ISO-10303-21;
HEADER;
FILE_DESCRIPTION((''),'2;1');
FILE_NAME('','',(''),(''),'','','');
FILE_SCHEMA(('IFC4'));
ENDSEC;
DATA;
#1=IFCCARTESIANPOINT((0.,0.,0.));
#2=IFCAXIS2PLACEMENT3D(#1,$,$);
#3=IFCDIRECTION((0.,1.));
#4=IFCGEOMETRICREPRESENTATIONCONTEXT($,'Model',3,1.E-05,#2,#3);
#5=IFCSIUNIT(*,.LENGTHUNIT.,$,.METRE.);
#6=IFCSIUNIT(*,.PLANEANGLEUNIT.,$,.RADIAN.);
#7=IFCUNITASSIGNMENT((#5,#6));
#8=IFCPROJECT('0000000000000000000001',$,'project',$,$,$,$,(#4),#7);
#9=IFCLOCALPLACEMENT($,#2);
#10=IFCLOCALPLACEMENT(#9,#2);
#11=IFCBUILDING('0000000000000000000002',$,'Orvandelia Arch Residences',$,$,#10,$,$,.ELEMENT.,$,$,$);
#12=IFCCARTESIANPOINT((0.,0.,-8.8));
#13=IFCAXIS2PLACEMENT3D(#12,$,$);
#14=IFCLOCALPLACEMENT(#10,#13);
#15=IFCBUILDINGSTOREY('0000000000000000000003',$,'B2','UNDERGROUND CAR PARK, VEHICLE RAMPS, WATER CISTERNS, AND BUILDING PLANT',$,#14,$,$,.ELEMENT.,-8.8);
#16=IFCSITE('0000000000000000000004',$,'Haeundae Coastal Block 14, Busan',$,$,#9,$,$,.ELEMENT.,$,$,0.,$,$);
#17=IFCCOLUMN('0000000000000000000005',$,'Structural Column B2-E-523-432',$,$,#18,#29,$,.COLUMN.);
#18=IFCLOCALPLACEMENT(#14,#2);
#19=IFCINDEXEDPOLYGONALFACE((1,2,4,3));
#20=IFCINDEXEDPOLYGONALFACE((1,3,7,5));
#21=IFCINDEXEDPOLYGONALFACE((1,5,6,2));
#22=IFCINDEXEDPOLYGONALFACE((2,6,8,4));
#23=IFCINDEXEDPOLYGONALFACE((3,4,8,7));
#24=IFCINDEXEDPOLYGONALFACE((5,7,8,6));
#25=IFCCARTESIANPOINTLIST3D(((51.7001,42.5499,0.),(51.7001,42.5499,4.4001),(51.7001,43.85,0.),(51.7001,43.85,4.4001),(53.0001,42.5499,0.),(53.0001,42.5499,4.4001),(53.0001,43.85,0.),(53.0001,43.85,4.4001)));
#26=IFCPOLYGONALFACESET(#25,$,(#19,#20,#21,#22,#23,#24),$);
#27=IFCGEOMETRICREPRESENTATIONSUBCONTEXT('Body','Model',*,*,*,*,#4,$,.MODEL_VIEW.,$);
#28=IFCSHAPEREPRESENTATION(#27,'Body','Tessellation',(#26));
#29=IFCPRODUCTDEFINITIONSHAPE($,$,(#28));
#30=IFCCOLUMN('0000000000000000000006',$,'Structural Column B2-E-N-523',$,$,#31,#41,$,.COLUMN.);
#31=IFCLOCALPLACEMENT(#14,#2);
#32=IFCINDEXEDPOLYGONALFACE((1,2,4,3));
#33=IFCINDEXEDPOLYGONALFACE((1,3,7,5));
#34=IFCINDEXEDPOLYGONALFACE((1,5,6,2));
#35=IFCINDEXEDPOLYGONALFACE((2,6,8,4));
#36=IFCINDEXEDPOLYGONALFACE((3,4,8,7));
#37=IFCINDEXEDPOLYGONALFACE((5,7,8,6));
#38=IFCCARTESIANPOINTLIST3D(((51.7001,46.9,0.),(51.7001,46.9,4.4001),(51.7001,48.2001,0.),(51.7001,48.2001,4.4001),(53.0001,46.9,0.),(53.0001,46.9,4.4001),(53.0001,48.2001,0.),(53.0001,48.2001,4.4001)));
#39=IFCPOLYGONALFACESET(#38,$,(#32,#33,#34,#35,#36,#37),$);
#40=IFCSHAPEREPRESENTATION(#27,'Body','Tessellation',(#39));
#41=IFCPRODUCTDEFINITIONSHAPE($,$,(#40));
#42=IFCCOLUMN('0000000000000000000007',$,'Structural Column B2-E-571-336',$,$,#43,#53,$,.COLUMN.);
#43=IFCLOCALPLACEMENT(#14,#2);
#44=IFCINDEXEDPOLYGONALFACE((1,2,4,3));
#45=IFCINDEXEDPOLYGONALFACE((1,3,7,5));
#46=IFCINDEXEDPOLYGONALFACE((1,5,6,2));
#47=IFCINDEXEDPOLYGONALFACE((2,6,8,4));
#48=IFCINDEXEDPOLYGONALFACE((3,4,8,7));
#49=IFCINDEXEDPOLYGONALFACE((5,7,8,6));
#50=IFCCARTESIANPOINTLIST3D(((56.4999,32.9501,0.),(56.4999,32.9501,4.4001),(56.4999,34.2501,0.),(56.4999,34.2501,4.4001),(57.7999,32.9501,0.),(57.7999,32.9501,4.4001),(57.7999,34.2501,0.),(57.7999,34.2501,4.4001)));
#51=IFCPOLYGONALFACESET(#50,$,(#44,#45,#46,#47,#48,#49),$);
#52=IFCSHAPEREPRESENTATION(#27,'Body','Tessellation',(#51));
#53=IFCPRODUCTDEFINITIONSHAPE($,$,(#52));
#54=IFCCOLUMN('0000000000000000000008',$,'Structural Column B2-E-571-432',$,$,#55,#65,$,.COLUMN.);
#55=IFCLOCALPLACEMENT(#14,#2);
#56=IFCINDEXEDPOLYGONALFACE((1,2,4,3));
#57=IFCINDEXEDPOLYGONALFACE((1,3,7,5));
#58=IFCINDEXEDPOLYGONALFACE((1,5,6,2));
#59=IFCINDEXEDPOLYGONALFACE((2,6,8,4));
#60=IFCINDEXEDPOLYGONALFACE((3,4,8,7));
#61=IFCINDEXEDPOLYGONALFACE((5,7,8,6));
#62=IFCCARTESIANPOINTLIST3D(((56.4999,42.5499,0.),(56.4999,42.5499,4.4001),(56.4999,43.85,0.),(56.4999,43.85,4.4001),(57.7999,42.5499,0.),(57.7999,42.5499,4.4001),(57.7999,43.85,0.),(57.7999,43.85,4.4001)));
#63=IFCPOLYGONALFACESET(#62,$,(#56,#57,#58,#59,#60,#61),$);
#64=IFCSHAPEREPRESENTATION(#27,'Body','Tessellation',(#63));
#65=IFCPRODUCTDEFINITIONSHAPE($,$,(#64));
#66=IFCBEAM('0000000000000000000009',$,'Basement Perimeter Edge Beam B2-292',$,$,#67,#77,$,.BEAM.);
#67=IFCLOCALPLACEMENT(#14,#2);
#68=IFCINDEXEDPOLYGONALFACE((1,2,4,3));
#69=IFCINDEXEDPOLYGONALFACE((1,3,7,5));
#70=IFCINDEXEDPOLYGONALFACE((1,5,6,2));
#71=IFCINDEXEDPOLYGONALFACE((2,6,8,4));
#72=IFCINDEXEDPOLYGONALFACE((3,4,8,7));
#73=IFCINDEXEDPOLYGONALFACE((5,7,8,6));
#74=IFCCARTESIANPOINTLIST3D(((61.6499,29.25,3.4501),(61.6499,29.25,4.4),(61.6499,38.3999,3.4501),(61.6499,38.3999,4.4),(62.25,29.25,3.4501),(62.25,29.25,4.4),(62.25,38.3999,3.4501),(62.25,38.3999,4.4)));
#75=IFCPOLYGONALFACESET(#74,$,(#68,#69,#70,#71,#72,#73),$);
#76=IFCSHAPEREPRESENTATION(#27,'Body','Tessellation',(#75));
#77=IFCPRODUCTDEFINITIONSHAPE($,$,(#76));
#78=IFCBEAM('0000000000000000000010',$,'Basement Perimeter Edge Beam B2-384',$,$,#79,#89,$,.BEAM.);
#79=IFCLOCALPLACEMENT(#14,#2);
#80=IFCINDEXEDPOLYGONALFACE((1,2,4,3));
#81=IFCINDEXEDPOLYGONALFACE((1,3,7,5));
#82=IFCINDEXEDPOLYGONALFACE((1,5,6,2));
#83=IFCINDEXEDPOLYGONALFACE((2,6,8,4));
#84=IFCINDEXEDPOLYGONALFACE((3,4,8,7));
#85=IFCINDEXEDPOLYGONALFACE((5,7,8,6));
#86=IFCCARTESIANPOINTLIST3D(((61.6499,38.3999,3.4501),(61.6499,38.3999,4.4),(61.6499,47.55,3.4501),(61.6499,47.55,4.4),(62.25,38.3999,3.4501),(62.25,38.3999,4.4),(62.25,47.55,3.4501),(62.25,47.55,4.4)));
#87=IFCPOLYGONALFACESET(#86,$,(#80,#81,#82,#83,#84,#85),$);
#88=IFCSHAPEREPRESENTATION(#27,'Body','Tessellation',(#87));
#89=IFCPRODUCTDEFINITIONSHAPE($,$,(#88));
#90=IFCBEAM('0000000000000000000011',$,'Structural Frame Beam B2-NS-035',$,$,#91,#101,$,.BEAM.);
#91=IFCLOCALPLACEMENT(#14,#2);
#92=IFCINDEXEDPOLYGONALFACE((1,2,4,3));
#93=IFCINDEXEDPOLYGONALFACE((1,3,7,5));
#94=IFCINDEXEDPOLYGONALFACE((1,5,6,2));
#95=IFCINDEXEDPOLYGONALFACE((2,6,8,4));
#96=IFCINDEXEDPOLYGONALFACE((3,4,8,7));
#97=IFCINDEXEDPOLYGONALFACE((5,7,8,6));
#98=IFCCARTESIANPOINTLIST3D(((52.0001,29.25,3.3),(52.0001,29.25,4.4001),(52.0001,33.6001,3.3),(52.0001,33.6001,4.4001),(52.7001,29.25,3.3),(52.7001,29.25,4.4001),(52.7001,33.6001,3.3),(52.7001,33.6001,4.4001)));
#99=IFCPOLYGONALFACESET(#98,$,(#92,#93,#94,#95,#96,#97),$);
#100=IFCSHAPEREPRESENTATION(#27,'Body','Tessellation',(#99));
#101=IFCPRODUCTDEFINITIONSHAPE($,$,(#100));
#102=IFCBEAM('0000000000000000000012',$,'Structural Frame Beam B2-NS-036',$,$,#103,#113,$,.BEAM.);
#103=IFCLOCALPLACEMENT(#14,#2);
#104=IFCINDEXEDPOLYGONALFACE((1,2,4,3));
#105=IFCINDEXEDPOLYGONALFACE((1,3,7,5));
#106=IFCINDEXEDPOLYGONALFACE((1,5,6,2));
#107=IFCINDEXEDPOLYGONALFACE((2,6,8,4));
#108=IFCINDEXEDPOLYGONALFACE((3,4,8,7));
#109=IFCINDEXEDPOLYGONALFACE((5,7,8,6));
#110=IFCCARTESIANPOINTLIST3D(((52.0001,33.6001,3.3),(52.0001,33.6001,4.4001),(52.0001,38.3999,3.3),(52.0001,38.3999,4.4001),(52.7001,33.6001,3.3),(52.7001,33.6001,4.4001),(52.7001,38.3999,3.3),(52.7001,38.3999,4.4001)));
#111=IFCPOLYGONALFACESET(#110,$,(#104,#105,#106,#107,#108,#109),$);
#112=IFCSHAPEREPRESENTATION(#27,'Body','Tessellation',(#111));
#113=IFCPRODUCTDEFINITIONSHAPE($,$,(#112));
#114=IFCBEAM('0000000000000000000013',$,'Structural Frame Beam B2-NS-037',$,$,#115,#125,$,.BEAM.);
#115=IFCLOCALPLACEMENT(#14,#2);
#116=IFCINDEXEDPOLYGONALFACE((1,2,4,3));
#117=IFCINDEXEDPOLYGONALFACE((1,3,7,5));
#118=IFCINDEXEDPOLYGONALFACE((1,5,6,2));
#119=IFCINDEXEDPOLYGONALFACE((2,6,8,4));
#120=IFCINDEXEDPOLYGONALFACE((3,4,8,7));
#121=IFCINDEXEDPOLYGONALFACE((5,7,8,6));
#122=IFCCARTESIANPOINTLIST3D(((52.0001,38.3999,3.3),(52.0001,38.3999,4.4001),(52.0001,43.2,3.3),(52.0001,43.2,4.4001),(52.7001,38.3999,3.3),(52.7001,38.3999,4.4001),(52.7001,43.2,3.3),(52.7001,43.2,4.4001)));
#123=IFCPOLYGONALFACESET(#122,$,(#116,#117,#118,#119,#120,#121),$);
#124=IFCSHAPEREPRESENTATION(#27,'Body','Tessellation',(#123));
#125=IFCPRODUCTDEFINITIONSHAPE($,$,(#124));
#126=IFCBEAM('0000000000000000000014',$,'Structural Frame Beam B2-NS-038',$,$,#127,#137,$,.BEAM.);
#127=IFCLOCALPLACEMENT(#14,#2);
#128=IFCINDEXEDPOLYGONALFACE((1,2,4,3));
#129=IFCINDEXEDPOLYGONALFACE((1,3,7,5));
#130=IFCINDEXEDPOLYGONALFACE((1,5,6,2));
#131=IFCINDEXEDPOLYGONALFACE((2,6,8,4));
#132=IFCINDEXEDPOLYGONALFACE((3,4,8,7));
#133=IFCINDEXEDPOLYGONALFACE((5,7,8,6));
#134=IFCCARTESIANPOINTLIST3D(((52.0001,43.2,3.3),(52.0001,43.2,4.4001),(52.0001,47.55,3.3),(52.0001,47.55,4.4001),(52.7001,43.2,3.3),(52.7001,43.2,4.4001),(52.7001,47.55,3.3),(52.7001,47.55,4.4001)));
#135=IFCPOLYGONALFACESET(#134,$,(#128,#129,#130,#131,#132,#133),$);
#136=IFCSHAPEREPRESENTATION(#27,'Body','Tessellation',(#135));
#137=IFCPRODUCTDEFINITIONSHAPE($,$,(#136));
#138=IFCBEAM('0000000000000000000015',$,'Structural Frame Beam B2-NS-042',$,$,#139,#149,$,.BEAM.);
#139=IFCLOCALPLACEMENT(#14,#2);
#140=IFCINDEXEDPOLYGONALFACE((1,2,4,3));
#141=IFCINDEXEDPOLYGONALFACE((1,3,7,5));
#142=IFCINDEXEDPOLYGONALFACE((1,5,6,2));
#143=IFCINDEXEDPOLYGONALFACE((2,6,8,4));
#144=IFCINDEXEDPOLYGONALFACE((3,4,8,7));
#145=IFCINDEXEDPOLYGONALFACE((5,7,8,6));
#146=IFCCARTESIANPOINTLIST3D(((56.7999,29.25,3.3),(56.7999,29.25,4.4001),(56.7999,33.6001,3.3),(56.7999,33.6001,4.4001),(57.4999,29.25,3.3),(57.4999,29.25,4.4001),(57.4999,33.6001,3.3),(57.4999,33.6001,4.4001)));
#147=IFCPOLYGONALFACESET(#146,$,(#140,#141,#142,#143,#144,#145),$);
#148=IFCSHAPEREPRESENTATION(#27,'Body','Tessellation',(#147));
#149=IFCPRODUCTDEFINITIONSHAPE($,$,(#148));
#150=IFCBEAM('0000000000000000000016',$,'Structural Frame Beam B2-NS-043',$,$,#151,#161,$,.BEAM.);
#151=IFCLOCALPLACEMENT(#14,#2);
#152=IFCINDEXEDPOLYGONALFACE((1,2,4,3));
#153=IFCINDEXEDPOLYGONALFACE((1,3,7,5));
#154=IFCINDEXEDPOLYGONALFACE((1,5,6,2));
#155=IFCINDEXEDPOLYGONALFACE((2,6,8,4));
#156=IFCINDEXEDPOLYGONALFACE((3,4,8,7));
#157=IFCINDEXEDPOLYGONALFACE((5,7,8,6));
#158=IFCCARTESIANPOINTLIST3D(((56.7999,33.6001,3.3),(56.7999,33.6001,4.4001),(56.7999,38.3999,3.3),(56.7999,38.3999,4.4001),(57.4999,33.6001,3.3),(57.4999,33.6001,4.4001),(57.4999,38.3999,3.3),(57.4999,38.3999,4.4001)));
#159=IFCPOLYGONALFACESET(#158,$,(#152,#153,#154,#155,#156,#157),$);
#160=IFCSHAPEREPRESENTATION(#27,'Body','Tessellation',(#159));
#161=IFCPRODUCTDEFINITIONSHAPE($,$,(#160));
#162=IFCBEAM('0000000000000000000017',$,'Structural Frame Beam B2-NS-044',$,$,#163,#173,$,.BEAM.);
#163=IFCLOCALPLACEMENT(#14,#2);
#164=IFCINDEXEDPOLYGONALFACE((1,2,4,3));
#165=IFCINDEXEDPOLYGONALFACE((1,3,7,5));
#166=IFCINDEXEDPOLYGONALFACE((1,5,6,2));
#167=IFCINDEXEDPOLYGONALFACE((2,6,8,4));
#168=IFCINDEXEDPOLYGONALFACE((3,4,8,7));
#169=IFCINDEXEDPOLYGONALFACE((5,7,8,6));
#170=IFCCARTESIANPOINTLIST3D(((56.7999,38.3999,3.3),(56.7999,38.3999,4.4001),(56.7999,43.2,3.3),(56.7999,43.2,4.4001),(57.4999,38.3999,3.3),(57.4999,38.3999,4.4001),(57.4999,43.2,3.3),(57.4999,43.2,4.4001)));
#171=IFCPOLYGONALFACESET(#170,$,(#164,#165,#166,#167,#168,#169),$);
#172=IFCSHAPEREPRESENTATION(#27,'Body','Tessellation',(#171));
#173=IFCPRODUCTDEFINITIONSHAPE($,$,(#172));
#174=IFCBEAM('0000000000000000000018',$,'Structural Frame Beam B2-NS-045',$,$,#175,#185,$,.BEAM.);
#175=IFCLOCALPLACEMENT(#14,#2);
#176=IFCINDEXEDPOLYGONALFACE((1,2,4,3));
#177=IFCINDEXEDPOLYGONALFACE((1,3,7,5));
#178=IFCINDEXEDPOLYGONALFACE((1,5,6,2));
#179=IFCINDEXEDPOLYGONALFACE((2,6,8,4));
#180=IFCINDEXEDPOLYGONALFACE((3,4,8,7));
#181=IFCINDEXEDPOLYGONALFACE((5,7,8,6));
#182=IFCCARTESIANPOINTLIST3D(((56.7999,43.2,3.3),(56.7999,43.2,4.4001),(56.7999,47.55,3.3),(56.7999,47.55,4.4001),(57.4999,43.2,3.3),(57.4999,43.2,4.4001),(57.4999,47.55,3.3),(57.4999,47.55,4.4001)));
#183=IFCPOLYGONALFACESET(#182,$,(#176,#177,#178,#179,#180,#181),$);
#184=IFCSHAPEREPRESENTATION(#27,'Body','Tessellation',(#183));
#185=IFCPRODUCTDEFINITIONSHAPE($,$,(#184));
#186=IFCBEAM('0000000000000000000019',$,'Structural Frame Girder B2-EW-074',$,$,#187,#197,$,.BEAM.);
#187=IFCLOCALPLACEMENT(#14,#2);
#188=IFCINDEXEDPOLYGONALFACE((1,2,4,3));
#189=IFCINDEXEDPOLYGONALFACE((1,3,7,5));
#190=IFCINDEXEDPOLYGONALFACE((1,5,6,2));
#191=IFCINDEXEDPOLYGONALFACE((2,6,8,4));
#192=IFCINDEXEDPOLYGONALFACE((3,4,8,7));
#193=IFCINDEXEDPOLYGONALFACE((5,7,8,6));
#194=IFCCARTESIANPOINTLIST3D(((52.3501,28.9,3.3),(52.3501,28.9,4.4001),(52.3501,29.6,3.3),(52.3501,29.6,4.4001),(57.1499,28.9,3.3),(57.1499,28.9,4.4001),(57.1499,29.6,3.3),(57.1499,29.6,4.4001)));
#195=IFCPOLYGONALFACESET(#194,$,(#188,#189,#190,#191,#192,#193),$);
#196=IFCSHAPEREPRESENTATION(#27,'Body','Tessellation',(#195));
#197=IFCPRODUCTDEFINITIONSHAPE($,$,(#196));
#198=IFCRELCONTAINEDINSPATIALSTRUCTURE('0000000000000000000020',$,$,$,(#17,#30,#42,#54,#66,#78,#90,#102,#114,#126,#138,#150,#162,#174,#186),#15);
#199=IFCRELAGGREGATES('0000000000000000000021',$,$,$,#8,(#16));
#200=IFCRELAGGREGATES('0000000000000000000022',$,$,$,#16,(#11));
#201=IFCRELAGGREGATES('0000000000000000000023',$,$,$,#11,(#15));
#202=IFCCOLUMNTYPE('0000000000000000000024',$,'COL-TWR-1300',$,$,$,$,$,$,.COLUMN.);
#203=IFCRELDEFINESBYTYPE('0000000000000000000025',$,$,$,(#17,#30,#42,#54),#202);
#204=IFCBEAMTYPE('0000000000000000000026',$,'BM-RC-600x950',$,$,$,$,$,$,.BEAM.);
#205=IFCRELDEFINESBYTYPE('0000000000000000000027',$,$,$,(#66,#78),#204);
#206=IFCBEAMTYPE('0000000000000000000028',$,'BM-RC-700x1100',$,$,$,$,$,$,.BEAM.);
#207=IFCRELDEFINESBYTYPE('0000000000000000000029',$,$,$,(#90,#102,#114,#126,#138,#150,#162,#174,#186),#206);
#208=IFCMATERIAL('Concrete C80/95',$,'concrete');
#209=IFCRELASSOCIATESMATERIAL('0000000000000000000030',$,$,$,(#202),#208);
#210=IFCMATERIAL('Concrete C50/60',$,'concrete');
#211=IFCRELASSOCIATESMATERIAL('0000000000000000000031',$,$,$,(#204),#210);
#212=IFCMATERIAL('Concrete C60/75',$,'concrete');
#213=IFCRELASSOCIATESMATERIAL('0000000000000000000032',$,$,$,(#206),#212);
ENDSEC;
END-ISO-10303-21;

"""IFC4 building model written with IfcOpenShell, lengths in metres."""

from ifc_helpers import new_model, si_unit, direction, frame, origin, origin_2d, place, context, subcontext, project, spatial, rectangle, extrude, material, material_profile, profile_set, type_object, element, save


model = new_model("IFC4")

# Units and contexts
model_context = context("Model", 3, precision=1e-05, world=origin(), true_north=direction((0.0, 1.0)))
body_context = subcontext(model_context, "Body", "Model", "MODEL_VIEW")
ifc_project = project(units=[si_unit("LENGTHUNIT", "METRE"), si_unit("PLANEANGLEUNIT", "RADIAN")], contexts=[model_context])

# Site, building, storey
site_placement = place(None, origin())
site = spatial("IfcSite", under=ifc_project, at=site_placement, Name="Haeundae Coastal Block 14, Busan", CompositionType="ELEMENT", RefElevation=0.0)
building_placement = place(site_placement, origin())
building = spatial("IfcBuilding", under=site, at=building_placement, Name="Orvandelia Arch Residences", CompositionType="ELEMENT")
storey_placement = place(building_placement, frame((0.0, 0.0, -8.8)))
storey = spatial("IfcBuildingStorey", under=building, at=storey_placement, Name="B2", Description="UNDERGROUND CAR PARK, VEHICLE RAMPS, WATER CISTERNS, AND BUILDING PLANT", CompositionType="ELEMENT", Elevation=-8.8)

# Columns
ifc_material_1 = material(Name="Concrete C50/60", Category="concrete")
ifc_material_2 = material(Name="Concrete C60/75", Category="concrete")
ifc_material_3 = material(Name="Concrete C80/95", Category="concrete")
ifc_material_profile_1 = material_profile(ifc_material_3, rectangle(XDim=1.3, YDim=1.3, at=origin_2d()), Name="Concrete C80/95", Category="concrete")
ifc_profile_set_1 = profile_set([ifc_material_profile_1], Name="Concrete C80/95")
column_type_1 = type_object("IfcColumnType", Name="COL-TWR-1300", PredefinedType="COLUMN", material=ifc_profile_set_1)
for number, where, z_axis, x_axis, name in (
    (1, (52.3501, 43.2, 0.0), (0.0, 0.0, 1.0), (1.0, 0.0, 0.0), "Structural Column B2-E-523-432"),
    (2, (52.3501, 47.55, 0.0), (0.0, 0.0, 1.0), (1.0, 0.0, 0.0), "Structural Column B2-E-N-523"),
    (3, (57.1499, 33.6001, 0.0), (0.0, 0.0, 1.0), (1.0, 0.0, 0.0), "Structural Column B2-E-571-336"),
    (4, (57.1499, 43.2, 0.0), (0.0, 0.0, 1.0), (1.0, 0.0, 0.0), "Structural Column B2-E-571-432"),
):
    element("IfcColumn", number, at=place(storey_placement, frame(where, z_axis=z_axis, x_axis=x_axis)), inside=storey, type_object=column_type_1, Name=name, PredefinedType="COLUMN", context=body_context, shape_type="SweptSolid", body=[
        extrude(rectangle(XDim=1.3, YDim=1.3, at=origin_2d()), origin(), (0.0, 0.0, 1.0), 4.4001),
    ])

# Beams
ifc_material_profile_2 = material_profile(ifc_material_1, rectangle(XDim=0.6001, YDim=0.95, at=origin_2d()), Name="Concrete C50/60", Category="concrete")
ifc_profile_set_2 = profile_set([ifc_material_profile_2], Name="Concrete C50/60")
beam_type_1 = type_object("IfcBeamType", Name="BM-RC-600x950", PredefinedType="BEAM", material=ifc_profile_set_2)
beam_1_placement = place(storey_placement, frame((61.95, 29.25, 3.925), z_axis=(0.0, 1.0, 0.0), x_axis=(-1.0, 0.0, 0.0)))
element("IfcBeam", 5, at=beam_1_placement, inside=storey, type_object=beam_type_1, Name="Basement Perimeter Edge Beam B2-292", PredefinedType="BEAM", context=body_context, shape_type="SweptSolid", body=[
    extrude(rectangle(XDim=0.6001, YDim=0.95, at=origin_2d()), origin(), (0.0, 0.0, 1.0), 9.1499),
])
beam_2_placement = place(storey_placement, frame((61.95, 38.3999, 3.925), z_axis=(0.0, 1.0, 0.0), x_axis=(-1.0, 0.0, 0.0)))
element("IfcBeam", 6, at=beam_2_placement, inside=storey, type_object=beam_type_1, Name="Basement Perimeter Edge Beam B2-384", PredefinedType="BEAM", context=body_context, shape_type="SweptSolid", body=[
    extrude(rectangle(XDim=0.6001, YDim=0.95, at=origin_2d()), origin(), (0.0, 0.0, 1.0), 9.1501),
])
ifc_material_profile_3 = material_profile(ifc_material_2, rectangle(XDim=0.7, YDim=1.1001, at=origin_2d()), Name="Concrete C60/75", Category="concrete")
ifc_profile_set_3 = profile_set([ifc_material_profile_3], Name="Concrete C60/75")
beam_type_2 = type_object("IfcBeamType", Name="BM-RC-700x1100", PredefinedType="BEAM", material=ifc_profile_set_3)
beam_3_placement = place(storey_placement, frame((52.3501, 29.25, 3.8501), z_axis=(0.0, 1.0, 0.0), x_axis=(-1.0, 0.0, 0.0)))
element("IfcBeam", 7, at=beam_3_placement, inside=storey, type_object=beam_type_2, Name="Structural Frame Beam B2-NS-035", PredefinedType="BEAM", context=body_context, shape_type="SweptSolid", body=[
    extrude(rectangle(XDim=0.7, YDim=1.1001, at=origin_2d()), origin(), (0.0, 0.0, 1.0), 4.3501),
])
beam_4_placement = place(storey_placement, frame((52.3501, 33.6001, 3.8501), z_axis=(0.0, 1.0, 0.0), x_axis=(-1.0, 0.0, 0.0)))
element("IfcBeam", 8, at=beam_4_placement, inside=storey, type_object=beam_type_2, Name="Structural Frame Beam B2-NS-036", PredefinedType="BEAM", context=body_context, shape_type="SweptSolid", body=[
    extrude(rectangle(XDim=0.7, YDim=1.1001, at=origin_2d()), origin(), (0.0, 0.0, 1.0), 4.7998),
])
beam_5_placement = place(storey_placement, frame((52.3501, 38.3999, 3.8501), z_axis=(0.0, 1.0, 0.0), x_axis=(-1.0, 0.0, 0.0)))
element("IfcBeam", 9, at=beam_5_placement, inside=storey, type_object=beam_type_2, Name="Structural Frame Beam B2-NS-037", PredefinedType="BEAM", context=body_context, shape_type="SweptSolid", body=[
    extrude(rectangle(XDim=0.7, YDim=1.1001, at=origin_2d()), origin(), (0.0, 0.0, 1.0), 4.8),
])
for number, where, z_axis, x_axis, name in (
    (10, (52.3501, 43.2, 3.8501), (0.0, 1.0, 0.0), (-1.0, 0.0, 0.0), "Structural Frame Beam B2-NS-038"),
    (11, (57.1499, 29.25, 3.8501), (0.0, 1.0, 0.0), (-1.0, 0.0, 0.0), "Structural Frame Beam B2-NS-042"),
):
    element("IfcBeam", number, at=place(storey_placement, frame(where, z_axis=z_axis, x_axis=x_axis)), inside=storey, type_object=beam_type_2, Name=name, PredefinedType="BEAM", context=body_context, shape_type="SweptSolid", body=[
        extrude(rectangle(XDim=0.7, YDim=1.1001, at=origin_2d()), origin(), (0.0, 0.0, 1.0), 4.3501),
    ])
beam_6_placement = place(storey_placement, frame((57.1499, 33.6001, 3.8501), z_axis=(0.0, 1.0, 0.0), x_axis=(-1.0, 0.0, 0.0)))
element("IfcBeam", 12, at=beam_6_placement, inside=storey, type_object=beam_type_2, Name="Structural Frame Beam B2-NS-043", PredefinedType="BEAM", context=body_context, shape_type="SweptSolid", body=[
    extrude(rectangle(XDim=0.7, YDim=1.1001, at=origin_2d()), origin(), (0.0, 0.0, 1.0), 4.7998),
])
beam_7_placement = place(storey_placement, frame((57.1499, 38.3999, 3.8501), z_axis=(0.0, 1.0, 0.0), x_axis=(-1.0, 0.0, 0.0)))
element("IfcBeam", 13, at=beam_7_placement, inside=storey, type_object=beam_type_2, Name="Structural Frame Beam B2-NS-044", PredefinedType="BEAM", context=body_context, shape_type="SweptSolid", body=[
    extrude(rectangle(XDim=0.7, YDim=1.1001, at=origin_2d()), origin(), (0.0, 0.0, 1.0), 4.8),
])
beam_8_placement = place(storey_placement, frame((57.1499, 43.2, 3.8501), z_axis=(0.0, 1.0, 0.0), x_axis=(-1.0, 0.0, 0.0)))
element("IfcBeam", 14, at=beam_8_placement, inside=storey, type_object=beam_type_2, Name="Structural Frame Beam B2-NS-045", PredefinedType="BEAM", context=body_context, shape_type="SweptSolid", body=[
    extrude(rectangle(XDim=0.7, YDim=1.1001, at=origin_2d()), origin(), (0.0, 0.0, 1.0), 4.3501),
])
beam_9_placement = place(storey_placement, frame((52.3501, 29.25, 3.8501), z_axis=(1.0, 0.0, 0.0), x_axis=(0.0, 1.0, 0.0)))
element("IfcBeam", 15, at=beam_9_placement, inside=storey, type_object=beam_type_2, Name="Structural Frame Girder B2-EW-074", PredefinedType="BEAM", context=body_context, shape_type="SweptSolid", body=[
    extrude(rectangle(XDim=0.7, YDim=1.1001, at=origin_2d()), origin(), (0.0, 0.0, 1.0), 4.7998),
])

save(model, "model.ifc")
